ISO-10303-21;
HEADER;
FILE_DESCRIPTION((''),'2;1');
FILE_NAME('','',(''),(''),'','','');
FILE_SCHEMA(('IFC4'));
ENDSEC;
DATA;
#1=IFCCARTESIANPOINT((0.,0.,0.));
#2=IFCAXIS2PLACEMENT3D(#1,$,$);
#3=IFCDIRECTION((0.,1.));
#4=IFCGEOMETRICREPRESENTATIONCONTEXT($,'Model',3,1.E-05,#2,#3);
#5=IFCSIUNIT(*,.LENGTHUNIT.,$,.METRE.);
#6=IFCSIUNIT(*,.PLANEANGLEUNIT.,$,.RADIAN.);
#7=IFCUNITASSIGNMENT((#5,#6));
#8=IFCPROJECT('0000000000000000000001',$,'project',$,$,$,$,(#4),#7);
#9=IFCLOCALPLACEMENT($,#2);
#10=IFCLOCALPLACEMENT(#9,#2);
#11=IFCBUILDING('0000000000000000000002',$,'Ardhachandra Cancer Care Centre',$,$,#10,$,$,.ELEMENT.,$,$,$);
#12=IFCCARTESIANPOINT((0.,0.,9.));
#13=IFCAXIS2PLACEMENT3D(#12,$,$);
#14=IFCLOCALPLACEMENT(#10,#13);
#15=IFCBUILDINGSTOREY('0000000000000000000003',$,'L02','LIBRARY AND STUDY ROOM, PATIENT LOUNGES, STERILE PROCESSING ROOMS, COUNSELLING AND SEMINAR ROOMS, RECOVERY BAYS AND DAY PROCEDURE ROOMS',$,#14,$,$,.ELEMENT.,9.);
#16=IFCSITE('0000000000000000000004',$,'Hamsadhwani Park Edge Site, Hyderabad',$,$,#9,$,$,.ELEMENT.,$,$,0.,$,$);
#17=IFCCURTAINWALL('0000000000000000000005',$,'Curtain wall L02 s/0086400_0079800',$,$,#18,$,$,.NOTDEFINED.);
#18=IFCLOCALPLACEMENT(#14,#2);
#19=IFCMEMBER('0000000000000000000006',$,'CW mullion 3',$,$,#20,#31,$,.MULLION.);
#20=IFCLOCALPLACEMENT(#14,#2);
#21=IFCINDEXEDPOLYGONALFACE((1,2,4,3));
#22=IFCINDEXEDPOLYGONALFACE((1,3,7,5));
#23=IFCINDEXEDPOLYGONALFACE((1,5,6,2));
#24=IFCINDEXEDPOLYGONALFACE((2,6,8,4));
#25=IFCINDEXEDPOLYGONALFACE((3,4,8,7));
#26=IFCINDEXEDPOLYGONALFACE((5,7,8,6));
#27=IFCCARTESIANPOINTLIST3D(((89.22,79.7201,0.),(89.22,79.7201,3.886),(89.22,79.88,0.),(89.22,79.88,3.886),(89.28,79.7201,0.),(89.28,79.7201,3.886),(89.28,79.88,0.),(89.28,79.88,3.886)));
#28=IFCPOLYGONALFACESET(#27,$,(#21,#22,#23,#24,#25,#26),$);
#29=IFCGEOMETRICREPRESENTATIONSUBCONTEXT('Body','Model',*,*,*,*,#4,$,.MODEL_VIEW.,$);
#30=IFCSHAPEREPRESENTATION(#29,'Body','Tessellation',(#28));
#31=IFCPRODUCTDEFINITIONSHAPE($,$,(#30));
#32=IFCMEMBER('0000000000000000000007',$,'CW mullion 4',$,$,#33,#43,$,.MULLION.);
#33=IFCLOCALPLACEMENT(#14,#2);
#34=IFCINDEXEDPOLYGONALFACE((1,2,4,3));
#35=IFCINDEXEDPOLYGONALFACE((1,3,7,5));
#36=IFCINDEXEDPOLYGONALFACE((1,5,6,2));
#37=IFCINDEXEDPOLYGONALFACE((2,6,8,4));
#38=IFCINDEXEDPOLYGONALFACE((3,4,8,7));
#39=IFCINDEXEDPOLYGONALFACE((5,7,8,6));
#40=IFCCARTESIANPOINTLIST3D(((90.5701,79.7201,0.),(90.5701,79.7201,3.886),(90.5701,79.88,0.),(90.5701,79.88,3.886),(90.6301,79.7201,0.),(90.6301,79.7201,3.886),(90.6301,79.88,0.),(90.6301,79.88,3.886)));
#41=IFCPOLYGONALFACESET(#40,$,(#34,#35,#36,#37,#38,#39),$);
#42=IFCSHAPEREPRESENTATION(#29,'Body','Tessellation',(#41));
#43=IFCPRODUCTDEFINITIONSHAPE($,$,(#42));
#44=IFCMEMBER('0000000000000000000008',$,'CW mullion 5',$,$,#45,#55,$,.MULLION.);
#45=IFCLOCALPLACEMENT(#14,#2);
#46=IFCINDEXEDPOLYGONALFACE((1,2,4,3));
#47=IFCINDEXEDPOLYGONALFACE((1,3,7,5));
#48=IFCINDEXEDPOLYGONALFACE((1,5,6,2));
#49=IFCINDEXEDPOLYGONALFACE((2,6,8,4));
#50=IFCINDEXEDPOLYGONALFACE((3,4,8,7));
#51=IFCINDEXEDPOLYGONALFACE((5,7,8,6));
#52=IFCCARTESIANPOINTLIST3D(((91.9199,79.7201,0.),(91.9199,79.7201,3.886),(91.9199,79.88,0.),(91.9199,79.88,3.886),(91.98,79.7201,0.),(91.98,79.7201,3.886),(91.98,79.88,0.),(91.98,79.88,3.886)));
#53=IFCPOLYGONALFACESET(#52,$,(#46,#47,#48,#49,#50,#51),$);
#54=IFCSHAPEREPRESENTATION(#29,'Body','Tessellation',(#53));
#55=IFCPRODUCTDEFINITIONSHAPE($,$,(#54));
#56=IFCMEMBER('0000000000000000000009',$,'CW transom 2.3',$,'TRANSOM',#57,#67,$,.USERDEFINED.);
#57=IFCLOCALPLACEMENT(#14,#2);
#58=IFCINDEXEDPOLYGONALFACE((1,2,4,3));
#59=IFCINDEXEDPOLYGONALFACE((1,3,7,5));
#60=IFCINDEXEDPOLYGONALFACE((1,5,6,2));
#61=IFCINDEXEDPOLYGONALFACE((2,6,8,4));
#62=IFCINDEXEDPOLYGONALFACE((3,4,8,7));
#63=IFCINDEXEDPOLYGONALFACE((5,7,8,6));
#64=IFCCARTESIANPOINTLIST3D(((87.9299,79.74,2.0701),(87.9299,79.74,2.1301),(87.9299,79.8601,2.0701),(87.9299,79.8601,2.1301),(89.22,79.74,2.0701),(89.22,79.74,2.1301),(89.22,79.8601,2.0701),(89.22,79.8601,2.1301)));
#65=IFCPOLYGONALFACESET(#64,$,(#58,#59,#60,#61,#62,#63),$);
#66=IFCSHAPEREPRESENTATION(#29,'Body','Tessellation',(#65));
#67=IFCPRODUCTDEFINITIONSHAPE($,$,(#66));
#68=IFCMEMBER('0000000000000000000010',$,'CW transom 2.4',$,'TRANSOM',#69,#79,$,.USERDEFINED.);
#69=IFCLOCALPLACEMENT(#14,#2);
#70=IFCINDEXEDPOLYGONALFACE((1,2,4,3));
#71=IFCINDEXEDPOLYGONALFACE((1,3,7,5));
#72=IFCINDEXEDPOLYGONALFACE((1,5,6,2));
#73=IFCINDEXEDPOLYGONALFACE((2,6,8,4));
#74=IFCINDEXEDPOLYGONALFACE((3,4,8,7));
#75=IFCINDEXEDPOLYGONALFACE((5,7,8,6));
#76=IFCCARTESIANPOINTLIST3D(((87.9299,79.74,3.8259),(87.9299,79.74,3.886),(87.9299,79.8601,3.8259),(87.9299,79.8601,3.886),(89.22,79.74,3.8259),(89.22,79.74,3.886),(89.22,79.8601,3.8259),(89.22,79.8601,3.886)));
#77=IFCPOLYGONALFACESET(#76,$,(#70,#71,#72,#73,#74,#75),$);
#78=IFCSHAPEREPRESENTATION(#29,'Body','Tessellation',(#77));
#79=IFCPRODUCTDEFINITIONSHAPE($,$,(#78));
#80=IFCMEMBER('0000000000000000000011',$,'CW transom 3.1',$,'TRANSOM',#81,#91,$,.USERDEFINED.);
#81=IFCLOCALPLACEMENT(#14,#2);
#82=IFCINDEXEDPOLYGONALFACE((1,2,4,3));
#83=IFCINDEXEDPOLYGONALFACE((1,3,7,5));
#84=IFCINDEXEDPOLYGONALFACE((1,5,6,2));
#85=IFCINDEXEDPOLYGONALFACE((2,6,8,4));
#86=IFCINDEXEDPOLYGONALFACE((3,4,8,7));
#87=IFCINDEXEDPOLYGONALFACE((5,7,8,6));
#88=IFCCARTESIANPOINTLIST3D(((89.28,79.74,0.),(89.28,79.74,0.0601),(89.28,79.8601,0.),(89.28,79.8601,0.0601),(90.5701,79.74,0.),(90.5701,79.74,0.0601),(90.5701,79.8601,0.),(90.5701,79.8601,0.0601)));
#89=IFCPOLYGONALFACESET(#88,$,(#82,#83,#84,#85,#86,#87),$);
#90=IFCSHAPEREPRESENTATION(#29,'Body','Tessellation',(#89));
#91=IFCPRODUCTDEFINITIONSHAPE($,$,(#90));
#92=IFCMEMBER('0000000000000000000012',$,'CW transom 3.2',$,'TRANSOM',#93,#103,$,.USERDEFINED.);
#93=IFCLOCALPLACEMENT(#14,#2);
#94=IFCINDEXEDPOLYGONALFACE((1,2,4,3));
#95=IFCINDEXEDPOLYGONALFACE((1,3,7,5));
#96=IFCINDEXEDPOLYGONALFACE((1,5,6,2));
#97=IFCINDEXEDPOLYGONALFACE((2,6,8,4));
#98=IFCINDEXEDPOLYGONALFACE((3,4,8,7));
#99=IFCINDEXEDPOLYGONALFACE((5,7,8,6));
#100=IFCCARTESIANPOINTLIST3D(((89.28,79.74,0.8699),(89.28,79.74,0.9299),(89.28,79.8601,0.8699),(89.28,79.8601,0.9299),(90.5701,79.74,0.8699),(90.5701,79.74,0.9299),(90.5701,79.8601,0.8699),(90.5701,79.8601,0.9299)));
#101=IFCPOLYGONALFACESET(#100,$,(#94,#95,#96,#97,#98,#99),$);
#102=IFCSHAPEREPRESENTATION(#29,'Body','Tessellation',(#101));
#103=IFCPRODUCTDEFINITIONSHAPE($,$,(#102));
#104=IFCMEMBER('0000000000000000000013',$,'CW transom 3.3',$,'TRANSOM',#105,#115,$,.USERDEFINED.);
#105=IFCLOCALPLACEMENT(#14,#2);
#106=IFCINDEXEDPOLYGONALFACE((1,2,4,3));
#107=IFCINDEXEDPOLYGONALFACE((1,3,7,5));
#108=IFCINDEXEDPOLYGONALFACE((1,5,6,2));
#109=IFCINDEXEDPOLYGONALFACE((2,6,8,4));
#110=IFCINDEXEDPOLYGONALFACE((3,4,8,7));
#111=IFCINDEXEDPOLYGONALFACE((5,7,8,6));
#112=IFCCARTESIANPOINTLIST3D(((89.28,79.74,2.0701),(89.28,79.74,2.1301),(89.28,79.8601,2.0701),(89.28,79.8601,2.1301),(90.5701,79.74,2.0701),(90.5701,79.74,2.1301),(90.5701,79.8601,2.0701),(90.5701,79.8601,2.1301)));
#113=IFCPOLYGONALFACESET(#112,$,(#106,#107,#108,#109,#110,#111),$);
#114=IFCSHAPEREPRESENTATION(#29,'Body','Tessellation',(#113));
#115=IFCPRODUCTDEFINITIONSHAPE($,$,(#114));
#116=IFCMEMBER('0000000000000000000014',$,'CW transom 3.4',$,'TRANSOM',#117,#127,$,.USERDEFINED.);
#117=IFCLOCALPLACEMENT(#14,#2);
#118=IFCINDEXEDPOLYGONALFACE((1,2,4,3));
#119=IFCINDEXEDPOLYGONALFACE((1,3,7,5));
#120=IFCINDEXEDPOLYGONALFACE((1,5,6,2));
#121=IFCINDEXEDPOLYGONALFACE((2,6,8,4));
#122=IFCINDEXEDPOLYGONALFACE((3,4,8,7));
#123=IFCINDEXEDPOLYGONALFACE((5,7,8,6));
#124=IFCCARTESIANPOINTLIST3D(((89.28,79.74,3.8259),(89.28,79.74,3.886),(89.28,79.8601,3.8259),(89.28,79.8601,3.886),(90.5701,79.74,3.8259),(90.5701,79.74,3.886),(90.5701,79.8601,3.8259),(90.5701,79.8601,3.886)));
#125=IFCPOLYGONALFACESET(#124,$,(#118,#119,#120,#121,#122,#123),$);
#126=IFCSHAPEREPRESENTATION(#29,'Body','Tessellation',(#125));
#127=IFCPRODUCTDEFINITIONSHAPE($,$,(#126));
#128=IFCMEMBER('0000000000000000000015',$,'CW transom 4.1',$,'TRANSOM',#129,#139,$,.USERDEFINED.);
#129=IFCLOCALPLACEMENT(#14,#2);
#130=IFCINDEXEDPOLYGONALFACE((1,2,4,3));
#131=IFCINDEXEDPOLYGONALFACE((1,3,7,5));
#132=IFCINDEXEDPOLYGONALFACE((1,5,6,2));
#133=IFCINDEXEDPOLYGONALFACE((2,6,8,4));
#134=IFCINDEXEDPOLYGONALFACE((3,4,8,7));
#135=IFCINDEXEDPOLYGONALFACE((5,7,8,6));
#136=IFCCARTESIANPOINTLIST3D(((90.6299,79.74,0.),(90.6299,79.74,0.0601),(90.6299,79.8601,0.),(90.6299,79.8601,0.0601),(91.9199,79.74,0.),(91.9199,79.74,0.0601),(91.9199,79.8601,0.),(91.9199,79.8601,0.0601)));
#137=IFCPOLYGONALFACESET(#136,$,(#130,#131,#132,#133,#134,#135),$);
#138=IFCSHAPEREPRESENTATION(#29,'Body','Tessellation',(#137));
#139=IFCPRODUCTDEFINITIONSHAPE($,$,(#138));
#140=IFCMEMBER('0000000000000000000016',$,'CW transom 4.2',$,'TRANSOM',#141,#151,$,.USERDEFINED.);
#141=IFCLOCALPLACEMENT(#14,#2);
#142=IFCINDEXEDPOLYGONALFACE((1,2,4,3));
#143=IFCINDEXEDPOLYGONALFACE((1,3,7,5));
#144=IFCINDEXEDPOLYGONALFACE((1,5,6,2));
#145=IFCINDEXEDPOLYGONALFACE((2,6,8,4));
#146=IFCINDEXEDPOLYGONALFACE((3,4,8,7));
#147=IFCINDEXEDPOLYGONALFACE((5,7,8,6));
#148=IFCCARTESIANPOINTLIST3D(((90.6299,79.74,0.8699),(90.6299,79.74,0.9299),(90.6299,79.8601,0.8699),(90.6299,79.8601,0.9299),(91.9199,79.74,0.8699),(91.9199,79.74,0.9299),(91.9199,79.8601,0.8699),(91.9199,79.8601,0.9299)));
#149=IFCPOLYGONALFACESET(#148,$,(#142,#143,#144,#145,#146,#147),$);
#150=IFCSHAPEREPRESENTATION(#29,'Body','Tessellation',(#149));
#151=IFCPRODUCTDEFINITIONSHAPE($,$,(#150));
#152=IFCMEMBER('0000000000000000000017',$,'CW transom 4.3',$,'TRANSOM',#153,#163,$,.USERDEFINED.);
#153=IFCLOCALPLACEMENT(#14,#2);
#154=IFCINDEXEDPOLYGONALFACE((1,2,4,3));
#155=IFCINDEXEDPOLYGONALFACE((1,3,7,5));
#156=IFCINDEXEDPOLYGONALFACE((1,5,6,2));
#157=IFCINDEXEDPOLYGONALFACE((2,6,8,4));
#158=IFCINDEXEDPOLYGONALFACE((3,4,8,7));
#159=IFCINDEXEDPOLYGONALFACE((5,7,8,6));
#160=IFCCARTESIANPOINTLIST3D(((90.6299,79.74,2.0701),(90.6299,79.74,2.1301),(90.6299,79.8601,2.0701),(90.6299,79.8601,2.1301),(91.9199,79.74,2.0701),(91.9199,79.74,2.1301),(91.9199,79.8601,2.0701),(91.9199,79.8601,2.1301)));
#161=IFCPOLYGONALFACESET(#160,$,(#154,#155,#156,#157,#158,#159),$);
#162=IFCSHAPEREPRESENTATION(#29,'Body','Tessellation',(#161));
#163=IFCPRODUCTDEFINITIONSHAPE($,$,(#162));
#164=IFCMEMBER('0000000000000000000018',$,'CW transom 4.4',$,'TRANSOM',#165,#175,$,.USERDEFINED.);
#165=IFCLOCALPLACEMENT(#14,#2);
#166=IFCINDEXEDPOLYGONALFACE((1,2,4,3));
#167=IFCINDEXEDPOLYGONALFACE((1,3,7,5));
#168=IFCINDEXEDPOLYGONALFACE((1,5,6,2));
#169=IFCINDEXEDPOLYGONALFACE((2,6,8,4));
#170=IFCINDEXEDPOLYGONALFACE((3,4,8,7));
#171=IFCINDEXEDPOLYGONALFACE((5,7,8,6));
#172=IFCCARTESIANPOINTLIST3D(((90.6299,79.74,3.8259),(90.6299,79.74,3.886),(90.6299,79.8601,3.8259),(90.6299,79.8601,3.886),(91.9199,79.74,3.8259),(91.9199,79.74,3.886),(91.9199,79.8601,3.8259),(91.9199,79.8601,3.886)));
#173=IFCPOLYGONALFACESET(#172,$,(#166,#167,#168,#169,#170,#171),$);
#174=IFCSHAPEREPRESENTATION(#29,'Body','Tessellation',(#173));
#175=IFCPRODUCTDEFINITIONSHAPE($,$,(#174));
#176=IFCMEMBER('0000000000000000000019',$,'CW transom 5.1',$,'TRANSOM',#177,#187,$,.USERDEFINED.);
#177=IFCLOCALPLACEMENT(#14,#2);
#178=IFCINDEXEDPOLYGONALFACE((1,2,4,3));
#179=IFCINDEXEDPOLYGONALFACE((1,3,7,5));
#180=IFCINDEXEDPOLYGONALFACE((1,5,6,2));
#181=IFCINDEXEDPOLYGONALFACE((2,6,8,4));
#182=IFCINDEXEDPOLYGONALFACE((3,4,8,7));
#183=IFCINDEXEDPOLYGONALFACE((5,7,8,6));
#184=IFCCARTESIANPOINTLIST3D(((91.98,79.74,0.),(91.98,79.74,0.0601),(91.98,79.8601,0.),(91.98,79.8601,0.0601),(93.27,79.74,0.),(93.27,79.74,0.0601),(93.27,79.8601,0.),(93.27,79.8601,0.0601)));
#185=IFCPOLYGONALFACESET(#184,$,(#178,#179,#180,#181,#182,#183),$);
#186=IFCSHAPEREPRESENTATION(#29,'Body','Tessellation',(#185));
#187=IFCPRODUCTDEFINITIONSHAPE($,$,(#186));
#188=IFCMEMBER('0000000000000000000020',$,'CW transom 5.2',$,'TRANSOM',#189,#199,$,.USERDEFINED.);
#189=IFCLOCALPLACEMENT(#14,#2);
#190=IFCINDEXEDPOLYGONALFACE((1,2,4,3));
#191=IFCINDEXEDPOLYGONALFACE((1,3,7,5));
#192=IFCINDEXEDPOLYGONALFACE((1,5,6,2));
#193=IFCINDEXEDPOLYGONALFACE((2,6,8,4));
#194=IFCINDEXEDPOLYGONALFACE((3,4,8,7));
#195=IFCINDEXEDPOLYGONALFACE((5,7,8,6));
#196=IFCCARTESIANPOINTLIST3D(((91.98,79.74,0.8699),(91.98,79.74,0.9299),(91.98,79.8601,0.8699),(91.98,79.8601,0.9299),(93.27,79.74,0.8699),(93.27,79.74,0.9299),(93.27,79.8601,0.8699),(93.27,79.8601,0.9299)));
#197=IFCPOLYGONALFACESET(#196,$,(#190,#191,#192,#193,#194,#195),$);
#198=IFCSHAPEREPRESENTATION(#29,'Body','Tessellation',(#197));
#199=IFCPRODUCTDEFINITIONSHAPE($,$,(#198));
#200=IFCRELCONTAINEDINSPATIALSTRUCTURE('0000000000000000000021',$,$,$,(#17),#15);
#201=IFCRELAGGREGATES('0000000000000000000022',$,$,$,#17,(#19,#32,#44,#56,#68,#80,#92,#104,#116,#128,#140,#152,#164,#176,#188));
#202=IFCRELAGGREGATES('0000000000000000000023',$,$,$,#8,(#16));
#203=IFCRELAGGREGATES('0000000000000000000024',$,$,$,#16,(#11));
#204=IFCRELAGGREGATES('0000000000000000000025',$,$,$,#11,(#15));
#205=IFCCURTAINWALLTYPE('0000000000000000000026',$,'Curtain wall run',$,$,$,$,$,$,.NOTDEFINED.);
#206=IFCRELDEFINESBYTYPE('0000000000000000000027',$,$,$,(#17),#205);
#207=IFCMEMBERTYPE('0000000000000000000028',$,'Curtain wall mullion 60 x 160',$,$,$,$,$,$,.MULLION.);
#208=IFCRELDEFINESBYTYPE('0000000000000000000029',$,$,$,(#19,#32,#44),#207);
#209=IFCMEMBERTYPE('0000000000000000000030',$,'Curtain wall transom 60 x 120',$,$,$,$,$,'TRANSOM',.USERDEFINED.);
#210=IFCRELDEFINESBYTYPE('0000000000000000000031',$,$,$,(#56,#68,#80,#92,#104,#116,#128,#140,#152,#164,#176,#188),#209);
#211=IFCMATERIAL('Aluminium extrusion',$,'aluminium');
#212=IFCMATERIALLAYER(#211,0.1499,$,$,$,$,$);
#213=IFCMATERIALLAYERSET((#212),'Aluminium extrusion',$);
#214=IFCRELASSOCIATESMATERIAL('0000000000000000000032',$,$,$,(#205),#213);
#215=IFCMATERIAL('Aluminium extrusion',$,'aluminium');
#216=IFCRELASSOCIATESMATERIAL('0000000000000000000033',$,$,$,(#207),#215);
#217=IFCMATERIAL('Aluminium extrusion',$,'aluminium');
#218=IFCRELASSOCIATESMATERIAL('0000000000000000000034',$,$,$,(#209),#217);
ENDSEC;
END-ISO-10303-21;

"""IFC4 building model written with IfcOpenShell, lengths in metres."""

from ifc_helpers import new_model, si_unit, direction, frame, origin, origin_2d, place, context, subcontext, project, spatial, rectangle, extrude, material, layer, layer_set, material_profile, profile_set, type_object, element, aggregate, save


model = new_model("IFC4")

# Units and contexts
model_context = context("Model", 3, precision=1e-05, world=origin(), true_north=direction((0.0, 1.0)))
body_context = subcontext(model_context, "Body", "Model", "MODEL_VIEW")
ifc_project = project(units=[si_unit("LENGTHUNIT", "METRE"), si_unit("PLANEANGLEUNIT", "RADIAN")], contexts=[model_context])

# Site, building, storey
site_placement = place(None, origin())
site = spatial("IfcSite", under=ifc_project, at=site_placement, Name="Hamsadhwani Park Edge Site, Hyderabad", CompositionType="ELEMENT", RefElevation=0.0)
building_placement = place(site_placement, origin())
building = spatial("IfcBuilding", under=site, at=building_placement, Name="Ardhachandra Cancer Care Centre", CompositionType="ELEMENT")
storey_placement = place(building_placement, frame((0.0, 0.0, 9.0)))
storey = spatial("IfcBuildingStorey", under=building, at=storey_placement, Name="L02", Description="LIBRARY AND STUDY ROOM, PATIENT LOUNGES, STERILE PROCESSING ROOMS, COUNSELLING AND SEMINAR ROOMS, RECOVERY BAYS AND DAY PROCEDURE ROOMS", CompositionType="ELEMENT", Elevation=9.0)

# Curtain wall, members
ifc_material_1 = material(Name="Aluminium extrusion", Category="aluminium")
ifc_layer_1 = layer(ifc_material_1, 0.1499)
ifc_layer_set_1 = layer_set([ifc_layer_1], Name="Aluminium extrusion")
curtain_wall_type = type_object("IfcCurtainWallType", Name="Curtain wall run", PredefinedType="NOTDEFINED", material=ifc_layer_set_1)
curtain_wall_placement = place(storey_placement, origin())
curtain_wall = element("IfcCurtainWall", 1, at=curtain_wall_placement, inside=storey, type_object=curtain_wall_type, Name="Curtain wall L02 s/0086400_0079800", PredefinedType="NOTDEFINED")
ifc_material_2 = material(Name="Aluminium extrusion", Category="aluminium")
ifc_material_profile_1 = material_profile(ifc_material_2, rectangle(XDim=0.1599, YDim=0.0601, at=origin_2d()), Name="Curtain wall mullion 60 x 160")
ifc_profile_set_1 = profile_set([ifc_material_profile_1], Name="Aluminium extrusion")
member_type_1 = type_object("IfcMemberType", Name="Curtain wall mullion 60 x 160", PredefinedType="MULLION", material=ifc_profile_set_1)
member_1_placement = place(storey_placement, frame((89.25, 79.8, 0.0), z_axis=(0.0, 0.0, 1.0), x_axis=(0.0, 1.0, 0.0)))
member_1 = element("IfcMember", 2, at=member_1_placement, type_object=member_type_1, Name="CW mullion 3", PredefinedType="MULLION", context=body_context, shape_type="SweptSolid", body=[
    extrude(rectangle(XDim=0.1599, YDim=0.0601, at=origin_2d()), origin(), (0.0, 0.0, 1.0), 3.886),
])
member_2_placement = place(storey_placement, frame((90.6001, 79.8, 0.0), z_axis=(0.0, 0.0, 1.0), x_axis=(0.0, 1.0, 0.0)))
member_2 = element("IfcMember", 3, at=member_2_placement, type_object=member_type_1, Name="CW mullion 4", PredefinedType="MULLION", context=body_context, shape_type="SweptSolid", body=[
    extrude(rectangle(XDim=0.1599, YDim=0.0601, at=origin_2d()), origin(), (0.0, 0.0, 1.0), 3.886),
])
member_3_placement = place(storey_placement, frame((91.95, 79.8, 0.0), z_axis=(0.0, 0.0, 1.0), x_axis=(0.0, 1.0, 0.0)))
member_3 = element("IfcMember", 4, at=member_3_placement, type_object=member_type_1, Name="CW mullion 5", PredefinedType="MULLION", context=body_context, shape_type="SweptSolid", body=[
    extrude(rectangle(XDim=0.1599, YDim=0.0601, at=origin_2d()), origin(), (0.0, 0.0, 1.0), 3.886),
])
ifc_material_3 = material(Name="Aluminium extrusion", Category="aluminium")
ifc_material_profile_2 = material_profile(ifc_material_3, rectangle(XDim=0.1201, YDim=0.0601, at=origin_2d()), Name="Curtain wall transom 60 x 120")
ifc_profile_set_2 = profile_set([ifc_material_profile_2], Name="Aluminium extrusion")
member_type_2 = type_object("IfcMemberType", Name="Curtain wall transom 60 x 120", ElementType="TRANSOM", PredefinedType="USERDEFINED", material=ifc_profile_set_2)
member_4_placement = place(storey_placement, frame((87.9299, 79.8, 2.1001), z_axis=(1.0, 0.0, 0.0), x_axis=(0.0, 1.0, 0.0)))
member_4 = element("IfcMember", 5, at=member_4_placement, type_object=member_type_2, Name="CW transom 2.3", ObjectType="TRANSOM", PredefinedType="USERDEFINED", context=body_context, shape_type="SweptSolid", body=[
    extrude(rectangle(XDim=0.1201, YDim=0.0601, at=origin_2d()), origin(), (0.0, 0.0, 1.0), 1.29),
])
member_5_placement = place(storey_placement, frame((87.9299, 79.8, 3.856), z_axis=(1.0, 0.0, 0.0), x_axis=(0.0, 1.0, 0.0)))
member_5 = element("IfcMember", 6, at=member_5_placement, type_object=member_type_2, Name="CW transom 2.4", ObjectType="TRANSOM", PredefinedType="USERDEFINED", context=body_context, shape_type="SweptSolid", body=[
    extrude(rectangle(XDim=0.1201, YDim=0.0601, at=origin_2d()), origin(), (0.0, 0.0, 1.0), 1.29),
])
member_6_placement = place(storey_placement, frame((89.28, 79.8, 0.03), z_axis=(1.0, 0.0, 0.0), x_axis=(0.0, 1.0, 0.0)))
member_6 = element("IfcMember", 7, at=member_6_placement, type_object=member_type_2, Name="CW transom 3.1", ObjectType="TRANSOM", PredefinedType="USERDEFINED", context=body_context, shape_type="SweptSolid", body=[
    extrude(rectangle(XDim=0.1201, YDim=0.0601, at=origin_2d()), origin(), (0.0, 0.0, 1.0), 1.29),
])
member_7_placement = place(storey_placement, frame((89.28, 79.8, 0.8999), z_axis=(1.0, 0.0, 0.0), x_axis=(0.0, 1.0, 0.0)))
member_7 = element("IfcMember", 8, at=member_7_placement, type_object=member_type_2, Name="CW transom 3.2", ObjectType="TRANSOM", PredefinedType="USERDEFINED", context=body_context, shape_type="SweptSolid", body=[
    extrude(rectangle(XDim=0.1201, YDim=0.0601, at=origin_2d()), origin(), (0.0, 0.0, 1.0), 1.29),
])
member_8_placement = place(storey_placement, frame((89.28, 79.8, 2.1001), z_axis=(1.0, 0.0, 0.0), x_axis=(0.0, 1.0, 0.0)))
member_8 = element("IfcMember", 9, at=member_8_placement, type_object=member_type_2, Name="CW transom 3.3", ObjectType="TRANSOM", PredefinedType="USERDEFINED", context=body_context, shape_type="SweptSolid", body=[
    extrude(rectangle(XDim=0.1201, YDim=0.0601, at=origin_2d()), origin(), (0.0, 0.0, 1.0), 1.29),
])
member_9_placement = place(storey_placement, frame((89.28, 79.8, 3.856), z_axis=(1.0, 0.0, 0.0), x_axis=(0.0, 1.0, 0.0)))
member_9 = element("IfcMember", 10, at=member_9_placement, type_object=member_type_2, Name="CW transom 3.4", ObjectType="TRANSOM", PredefinedType="USERDEFINED", context=body_context, shape_type="SweptSolid", body=[
    extrude(rectangle(XDim=0.1201, YDim=0.0601, at=origin_2d()), origin(), (0.0, 0.0, 1.0), 1.29),
])
member_10_placement = place(storey_placement, frame((90.6299, 79.8, 0.03), z_axis=(1.0, 0.0, 0.0), x_axis=(0.0, 1.0, 0.0)))
member_10 = element("IfcMember", 11, at=member_10_placement, type_object=member_type_2, Name="CW transom 4.1", ObjectType="TRANSOM", PredefinedType="USERDEFINED", context=body_context, shape_type="SweptSolid", body=[
    extrude(rectangle(XDim=0.1201, YDim=0.0601, at=origin_2d()), origin(), (0.0, 0.0, 1.0), 1.29),
])
member_11_placement = place(storey_placement, frame((90.6299, 79.8, 0.8999), z_axis=(1.0, 0.0, 0.0), x_axis=(0.0, 1.0, 0.0)))
member_11 = element("IfcMember", 12, at=member_11_placement, type_object=member_type_2, Name="CW transom 4.2", ObjectType="TRANSOM", PredefinedType="USERDEFINED", context=body_context, shape_type="SweptSolid", body=[
    extrude(rectangle(XDim=0.1201, YDim=0.0601, at=origin_2d()), origin(), (0.0, 0.0, 1.0), 1.29),
])
member_12_placement = place(storey_placement, frame((90.6299, 79.8, 2.1001), z_axis=(1.0, 0.0, 0.0), x_axis=(0.0, 1.0, 0.0)))
member_12 = element("IfcMember", 13, at=member_12_placement, type_object=member_type_2, Name="CW transom 4.3", ObjectType="TRANSOM", PredefinedType="USERDEFINED", context=body_context, shape_type="SweptSolid", body=[
    extrude(rectangle(XDim=0.1201, YDim=0.0601, at=origin_2d()), origin(), (0.0, 0.0, 1.0), 1.29),
])
member_13_placement = place(storey_placement, frame((90.6299, 79.8, 3.856), z_axis=(1.0, 0.0, 0.0), x_axis=(0.0, 1.0, 0.0)))
member_13 = element("IfcMember", 14, at=member_13_placement, type_object=member_type_2, Name="CW transom 4.4", ObjectType="TRANSOM", PredefinedType="USERDEFINED", context=body_context, shape_type="SweptSolid", body=[
    extrude(rectangle(XDim=0.1201, YDim=0.0601, at=origin_2d()), origin(), (0.0, 0.0, 1.0), 1.29),
])
member_14_placement = place(storey_placement, frame((91.98, 79.8, 0.03), z_axis=(1.0, 0.0, 0.0), x_axis=(0.0, 1.0, 0.0)))
member_14 = element("IfcMember", 15, at=member_14_placement, type_object=member_type_2, Name="CW transom 5.1", ObjectType="TRANSOM", PredefinedType="USERDEFINED", context=body_context, shape_type="SweptSolid", body=[
    extrude(rectangle(XDim=0.1201, YDim=0.0601, at=origin_2d()), origin(), (0.0, 0.0, 1.0), 1.29),
])
member_15_placement = place(storey_placement, frame((91.98, 79.8, 0.8999), z_axis=(1.0, 0.0, 0.0), x_axis=(0.0, 1.0, 0.0)))
member_15 = element("IfcMember", 16, at=member_15_placement, type_object=member_type_2, Name="CW transom 5.2", ObjectType="TRANSOM", PredefinedType="USERDEFINED", context=body_context, shape_type="SweptSolid", body=[
    extrude(rectangle(XDim=0.1201, YDim=0.0601, at=origin_2d()), origin(), (0.0, 0.0, 1.0), 1.29),
])

aggregate(curtain_wall, [member_1, member_2, member_3, member_4, member_5, member_6, member_7, member_8, member_9, member_10, member_11, member_12, member_13, member_14, member_15])

save(model, "model.ifc")
